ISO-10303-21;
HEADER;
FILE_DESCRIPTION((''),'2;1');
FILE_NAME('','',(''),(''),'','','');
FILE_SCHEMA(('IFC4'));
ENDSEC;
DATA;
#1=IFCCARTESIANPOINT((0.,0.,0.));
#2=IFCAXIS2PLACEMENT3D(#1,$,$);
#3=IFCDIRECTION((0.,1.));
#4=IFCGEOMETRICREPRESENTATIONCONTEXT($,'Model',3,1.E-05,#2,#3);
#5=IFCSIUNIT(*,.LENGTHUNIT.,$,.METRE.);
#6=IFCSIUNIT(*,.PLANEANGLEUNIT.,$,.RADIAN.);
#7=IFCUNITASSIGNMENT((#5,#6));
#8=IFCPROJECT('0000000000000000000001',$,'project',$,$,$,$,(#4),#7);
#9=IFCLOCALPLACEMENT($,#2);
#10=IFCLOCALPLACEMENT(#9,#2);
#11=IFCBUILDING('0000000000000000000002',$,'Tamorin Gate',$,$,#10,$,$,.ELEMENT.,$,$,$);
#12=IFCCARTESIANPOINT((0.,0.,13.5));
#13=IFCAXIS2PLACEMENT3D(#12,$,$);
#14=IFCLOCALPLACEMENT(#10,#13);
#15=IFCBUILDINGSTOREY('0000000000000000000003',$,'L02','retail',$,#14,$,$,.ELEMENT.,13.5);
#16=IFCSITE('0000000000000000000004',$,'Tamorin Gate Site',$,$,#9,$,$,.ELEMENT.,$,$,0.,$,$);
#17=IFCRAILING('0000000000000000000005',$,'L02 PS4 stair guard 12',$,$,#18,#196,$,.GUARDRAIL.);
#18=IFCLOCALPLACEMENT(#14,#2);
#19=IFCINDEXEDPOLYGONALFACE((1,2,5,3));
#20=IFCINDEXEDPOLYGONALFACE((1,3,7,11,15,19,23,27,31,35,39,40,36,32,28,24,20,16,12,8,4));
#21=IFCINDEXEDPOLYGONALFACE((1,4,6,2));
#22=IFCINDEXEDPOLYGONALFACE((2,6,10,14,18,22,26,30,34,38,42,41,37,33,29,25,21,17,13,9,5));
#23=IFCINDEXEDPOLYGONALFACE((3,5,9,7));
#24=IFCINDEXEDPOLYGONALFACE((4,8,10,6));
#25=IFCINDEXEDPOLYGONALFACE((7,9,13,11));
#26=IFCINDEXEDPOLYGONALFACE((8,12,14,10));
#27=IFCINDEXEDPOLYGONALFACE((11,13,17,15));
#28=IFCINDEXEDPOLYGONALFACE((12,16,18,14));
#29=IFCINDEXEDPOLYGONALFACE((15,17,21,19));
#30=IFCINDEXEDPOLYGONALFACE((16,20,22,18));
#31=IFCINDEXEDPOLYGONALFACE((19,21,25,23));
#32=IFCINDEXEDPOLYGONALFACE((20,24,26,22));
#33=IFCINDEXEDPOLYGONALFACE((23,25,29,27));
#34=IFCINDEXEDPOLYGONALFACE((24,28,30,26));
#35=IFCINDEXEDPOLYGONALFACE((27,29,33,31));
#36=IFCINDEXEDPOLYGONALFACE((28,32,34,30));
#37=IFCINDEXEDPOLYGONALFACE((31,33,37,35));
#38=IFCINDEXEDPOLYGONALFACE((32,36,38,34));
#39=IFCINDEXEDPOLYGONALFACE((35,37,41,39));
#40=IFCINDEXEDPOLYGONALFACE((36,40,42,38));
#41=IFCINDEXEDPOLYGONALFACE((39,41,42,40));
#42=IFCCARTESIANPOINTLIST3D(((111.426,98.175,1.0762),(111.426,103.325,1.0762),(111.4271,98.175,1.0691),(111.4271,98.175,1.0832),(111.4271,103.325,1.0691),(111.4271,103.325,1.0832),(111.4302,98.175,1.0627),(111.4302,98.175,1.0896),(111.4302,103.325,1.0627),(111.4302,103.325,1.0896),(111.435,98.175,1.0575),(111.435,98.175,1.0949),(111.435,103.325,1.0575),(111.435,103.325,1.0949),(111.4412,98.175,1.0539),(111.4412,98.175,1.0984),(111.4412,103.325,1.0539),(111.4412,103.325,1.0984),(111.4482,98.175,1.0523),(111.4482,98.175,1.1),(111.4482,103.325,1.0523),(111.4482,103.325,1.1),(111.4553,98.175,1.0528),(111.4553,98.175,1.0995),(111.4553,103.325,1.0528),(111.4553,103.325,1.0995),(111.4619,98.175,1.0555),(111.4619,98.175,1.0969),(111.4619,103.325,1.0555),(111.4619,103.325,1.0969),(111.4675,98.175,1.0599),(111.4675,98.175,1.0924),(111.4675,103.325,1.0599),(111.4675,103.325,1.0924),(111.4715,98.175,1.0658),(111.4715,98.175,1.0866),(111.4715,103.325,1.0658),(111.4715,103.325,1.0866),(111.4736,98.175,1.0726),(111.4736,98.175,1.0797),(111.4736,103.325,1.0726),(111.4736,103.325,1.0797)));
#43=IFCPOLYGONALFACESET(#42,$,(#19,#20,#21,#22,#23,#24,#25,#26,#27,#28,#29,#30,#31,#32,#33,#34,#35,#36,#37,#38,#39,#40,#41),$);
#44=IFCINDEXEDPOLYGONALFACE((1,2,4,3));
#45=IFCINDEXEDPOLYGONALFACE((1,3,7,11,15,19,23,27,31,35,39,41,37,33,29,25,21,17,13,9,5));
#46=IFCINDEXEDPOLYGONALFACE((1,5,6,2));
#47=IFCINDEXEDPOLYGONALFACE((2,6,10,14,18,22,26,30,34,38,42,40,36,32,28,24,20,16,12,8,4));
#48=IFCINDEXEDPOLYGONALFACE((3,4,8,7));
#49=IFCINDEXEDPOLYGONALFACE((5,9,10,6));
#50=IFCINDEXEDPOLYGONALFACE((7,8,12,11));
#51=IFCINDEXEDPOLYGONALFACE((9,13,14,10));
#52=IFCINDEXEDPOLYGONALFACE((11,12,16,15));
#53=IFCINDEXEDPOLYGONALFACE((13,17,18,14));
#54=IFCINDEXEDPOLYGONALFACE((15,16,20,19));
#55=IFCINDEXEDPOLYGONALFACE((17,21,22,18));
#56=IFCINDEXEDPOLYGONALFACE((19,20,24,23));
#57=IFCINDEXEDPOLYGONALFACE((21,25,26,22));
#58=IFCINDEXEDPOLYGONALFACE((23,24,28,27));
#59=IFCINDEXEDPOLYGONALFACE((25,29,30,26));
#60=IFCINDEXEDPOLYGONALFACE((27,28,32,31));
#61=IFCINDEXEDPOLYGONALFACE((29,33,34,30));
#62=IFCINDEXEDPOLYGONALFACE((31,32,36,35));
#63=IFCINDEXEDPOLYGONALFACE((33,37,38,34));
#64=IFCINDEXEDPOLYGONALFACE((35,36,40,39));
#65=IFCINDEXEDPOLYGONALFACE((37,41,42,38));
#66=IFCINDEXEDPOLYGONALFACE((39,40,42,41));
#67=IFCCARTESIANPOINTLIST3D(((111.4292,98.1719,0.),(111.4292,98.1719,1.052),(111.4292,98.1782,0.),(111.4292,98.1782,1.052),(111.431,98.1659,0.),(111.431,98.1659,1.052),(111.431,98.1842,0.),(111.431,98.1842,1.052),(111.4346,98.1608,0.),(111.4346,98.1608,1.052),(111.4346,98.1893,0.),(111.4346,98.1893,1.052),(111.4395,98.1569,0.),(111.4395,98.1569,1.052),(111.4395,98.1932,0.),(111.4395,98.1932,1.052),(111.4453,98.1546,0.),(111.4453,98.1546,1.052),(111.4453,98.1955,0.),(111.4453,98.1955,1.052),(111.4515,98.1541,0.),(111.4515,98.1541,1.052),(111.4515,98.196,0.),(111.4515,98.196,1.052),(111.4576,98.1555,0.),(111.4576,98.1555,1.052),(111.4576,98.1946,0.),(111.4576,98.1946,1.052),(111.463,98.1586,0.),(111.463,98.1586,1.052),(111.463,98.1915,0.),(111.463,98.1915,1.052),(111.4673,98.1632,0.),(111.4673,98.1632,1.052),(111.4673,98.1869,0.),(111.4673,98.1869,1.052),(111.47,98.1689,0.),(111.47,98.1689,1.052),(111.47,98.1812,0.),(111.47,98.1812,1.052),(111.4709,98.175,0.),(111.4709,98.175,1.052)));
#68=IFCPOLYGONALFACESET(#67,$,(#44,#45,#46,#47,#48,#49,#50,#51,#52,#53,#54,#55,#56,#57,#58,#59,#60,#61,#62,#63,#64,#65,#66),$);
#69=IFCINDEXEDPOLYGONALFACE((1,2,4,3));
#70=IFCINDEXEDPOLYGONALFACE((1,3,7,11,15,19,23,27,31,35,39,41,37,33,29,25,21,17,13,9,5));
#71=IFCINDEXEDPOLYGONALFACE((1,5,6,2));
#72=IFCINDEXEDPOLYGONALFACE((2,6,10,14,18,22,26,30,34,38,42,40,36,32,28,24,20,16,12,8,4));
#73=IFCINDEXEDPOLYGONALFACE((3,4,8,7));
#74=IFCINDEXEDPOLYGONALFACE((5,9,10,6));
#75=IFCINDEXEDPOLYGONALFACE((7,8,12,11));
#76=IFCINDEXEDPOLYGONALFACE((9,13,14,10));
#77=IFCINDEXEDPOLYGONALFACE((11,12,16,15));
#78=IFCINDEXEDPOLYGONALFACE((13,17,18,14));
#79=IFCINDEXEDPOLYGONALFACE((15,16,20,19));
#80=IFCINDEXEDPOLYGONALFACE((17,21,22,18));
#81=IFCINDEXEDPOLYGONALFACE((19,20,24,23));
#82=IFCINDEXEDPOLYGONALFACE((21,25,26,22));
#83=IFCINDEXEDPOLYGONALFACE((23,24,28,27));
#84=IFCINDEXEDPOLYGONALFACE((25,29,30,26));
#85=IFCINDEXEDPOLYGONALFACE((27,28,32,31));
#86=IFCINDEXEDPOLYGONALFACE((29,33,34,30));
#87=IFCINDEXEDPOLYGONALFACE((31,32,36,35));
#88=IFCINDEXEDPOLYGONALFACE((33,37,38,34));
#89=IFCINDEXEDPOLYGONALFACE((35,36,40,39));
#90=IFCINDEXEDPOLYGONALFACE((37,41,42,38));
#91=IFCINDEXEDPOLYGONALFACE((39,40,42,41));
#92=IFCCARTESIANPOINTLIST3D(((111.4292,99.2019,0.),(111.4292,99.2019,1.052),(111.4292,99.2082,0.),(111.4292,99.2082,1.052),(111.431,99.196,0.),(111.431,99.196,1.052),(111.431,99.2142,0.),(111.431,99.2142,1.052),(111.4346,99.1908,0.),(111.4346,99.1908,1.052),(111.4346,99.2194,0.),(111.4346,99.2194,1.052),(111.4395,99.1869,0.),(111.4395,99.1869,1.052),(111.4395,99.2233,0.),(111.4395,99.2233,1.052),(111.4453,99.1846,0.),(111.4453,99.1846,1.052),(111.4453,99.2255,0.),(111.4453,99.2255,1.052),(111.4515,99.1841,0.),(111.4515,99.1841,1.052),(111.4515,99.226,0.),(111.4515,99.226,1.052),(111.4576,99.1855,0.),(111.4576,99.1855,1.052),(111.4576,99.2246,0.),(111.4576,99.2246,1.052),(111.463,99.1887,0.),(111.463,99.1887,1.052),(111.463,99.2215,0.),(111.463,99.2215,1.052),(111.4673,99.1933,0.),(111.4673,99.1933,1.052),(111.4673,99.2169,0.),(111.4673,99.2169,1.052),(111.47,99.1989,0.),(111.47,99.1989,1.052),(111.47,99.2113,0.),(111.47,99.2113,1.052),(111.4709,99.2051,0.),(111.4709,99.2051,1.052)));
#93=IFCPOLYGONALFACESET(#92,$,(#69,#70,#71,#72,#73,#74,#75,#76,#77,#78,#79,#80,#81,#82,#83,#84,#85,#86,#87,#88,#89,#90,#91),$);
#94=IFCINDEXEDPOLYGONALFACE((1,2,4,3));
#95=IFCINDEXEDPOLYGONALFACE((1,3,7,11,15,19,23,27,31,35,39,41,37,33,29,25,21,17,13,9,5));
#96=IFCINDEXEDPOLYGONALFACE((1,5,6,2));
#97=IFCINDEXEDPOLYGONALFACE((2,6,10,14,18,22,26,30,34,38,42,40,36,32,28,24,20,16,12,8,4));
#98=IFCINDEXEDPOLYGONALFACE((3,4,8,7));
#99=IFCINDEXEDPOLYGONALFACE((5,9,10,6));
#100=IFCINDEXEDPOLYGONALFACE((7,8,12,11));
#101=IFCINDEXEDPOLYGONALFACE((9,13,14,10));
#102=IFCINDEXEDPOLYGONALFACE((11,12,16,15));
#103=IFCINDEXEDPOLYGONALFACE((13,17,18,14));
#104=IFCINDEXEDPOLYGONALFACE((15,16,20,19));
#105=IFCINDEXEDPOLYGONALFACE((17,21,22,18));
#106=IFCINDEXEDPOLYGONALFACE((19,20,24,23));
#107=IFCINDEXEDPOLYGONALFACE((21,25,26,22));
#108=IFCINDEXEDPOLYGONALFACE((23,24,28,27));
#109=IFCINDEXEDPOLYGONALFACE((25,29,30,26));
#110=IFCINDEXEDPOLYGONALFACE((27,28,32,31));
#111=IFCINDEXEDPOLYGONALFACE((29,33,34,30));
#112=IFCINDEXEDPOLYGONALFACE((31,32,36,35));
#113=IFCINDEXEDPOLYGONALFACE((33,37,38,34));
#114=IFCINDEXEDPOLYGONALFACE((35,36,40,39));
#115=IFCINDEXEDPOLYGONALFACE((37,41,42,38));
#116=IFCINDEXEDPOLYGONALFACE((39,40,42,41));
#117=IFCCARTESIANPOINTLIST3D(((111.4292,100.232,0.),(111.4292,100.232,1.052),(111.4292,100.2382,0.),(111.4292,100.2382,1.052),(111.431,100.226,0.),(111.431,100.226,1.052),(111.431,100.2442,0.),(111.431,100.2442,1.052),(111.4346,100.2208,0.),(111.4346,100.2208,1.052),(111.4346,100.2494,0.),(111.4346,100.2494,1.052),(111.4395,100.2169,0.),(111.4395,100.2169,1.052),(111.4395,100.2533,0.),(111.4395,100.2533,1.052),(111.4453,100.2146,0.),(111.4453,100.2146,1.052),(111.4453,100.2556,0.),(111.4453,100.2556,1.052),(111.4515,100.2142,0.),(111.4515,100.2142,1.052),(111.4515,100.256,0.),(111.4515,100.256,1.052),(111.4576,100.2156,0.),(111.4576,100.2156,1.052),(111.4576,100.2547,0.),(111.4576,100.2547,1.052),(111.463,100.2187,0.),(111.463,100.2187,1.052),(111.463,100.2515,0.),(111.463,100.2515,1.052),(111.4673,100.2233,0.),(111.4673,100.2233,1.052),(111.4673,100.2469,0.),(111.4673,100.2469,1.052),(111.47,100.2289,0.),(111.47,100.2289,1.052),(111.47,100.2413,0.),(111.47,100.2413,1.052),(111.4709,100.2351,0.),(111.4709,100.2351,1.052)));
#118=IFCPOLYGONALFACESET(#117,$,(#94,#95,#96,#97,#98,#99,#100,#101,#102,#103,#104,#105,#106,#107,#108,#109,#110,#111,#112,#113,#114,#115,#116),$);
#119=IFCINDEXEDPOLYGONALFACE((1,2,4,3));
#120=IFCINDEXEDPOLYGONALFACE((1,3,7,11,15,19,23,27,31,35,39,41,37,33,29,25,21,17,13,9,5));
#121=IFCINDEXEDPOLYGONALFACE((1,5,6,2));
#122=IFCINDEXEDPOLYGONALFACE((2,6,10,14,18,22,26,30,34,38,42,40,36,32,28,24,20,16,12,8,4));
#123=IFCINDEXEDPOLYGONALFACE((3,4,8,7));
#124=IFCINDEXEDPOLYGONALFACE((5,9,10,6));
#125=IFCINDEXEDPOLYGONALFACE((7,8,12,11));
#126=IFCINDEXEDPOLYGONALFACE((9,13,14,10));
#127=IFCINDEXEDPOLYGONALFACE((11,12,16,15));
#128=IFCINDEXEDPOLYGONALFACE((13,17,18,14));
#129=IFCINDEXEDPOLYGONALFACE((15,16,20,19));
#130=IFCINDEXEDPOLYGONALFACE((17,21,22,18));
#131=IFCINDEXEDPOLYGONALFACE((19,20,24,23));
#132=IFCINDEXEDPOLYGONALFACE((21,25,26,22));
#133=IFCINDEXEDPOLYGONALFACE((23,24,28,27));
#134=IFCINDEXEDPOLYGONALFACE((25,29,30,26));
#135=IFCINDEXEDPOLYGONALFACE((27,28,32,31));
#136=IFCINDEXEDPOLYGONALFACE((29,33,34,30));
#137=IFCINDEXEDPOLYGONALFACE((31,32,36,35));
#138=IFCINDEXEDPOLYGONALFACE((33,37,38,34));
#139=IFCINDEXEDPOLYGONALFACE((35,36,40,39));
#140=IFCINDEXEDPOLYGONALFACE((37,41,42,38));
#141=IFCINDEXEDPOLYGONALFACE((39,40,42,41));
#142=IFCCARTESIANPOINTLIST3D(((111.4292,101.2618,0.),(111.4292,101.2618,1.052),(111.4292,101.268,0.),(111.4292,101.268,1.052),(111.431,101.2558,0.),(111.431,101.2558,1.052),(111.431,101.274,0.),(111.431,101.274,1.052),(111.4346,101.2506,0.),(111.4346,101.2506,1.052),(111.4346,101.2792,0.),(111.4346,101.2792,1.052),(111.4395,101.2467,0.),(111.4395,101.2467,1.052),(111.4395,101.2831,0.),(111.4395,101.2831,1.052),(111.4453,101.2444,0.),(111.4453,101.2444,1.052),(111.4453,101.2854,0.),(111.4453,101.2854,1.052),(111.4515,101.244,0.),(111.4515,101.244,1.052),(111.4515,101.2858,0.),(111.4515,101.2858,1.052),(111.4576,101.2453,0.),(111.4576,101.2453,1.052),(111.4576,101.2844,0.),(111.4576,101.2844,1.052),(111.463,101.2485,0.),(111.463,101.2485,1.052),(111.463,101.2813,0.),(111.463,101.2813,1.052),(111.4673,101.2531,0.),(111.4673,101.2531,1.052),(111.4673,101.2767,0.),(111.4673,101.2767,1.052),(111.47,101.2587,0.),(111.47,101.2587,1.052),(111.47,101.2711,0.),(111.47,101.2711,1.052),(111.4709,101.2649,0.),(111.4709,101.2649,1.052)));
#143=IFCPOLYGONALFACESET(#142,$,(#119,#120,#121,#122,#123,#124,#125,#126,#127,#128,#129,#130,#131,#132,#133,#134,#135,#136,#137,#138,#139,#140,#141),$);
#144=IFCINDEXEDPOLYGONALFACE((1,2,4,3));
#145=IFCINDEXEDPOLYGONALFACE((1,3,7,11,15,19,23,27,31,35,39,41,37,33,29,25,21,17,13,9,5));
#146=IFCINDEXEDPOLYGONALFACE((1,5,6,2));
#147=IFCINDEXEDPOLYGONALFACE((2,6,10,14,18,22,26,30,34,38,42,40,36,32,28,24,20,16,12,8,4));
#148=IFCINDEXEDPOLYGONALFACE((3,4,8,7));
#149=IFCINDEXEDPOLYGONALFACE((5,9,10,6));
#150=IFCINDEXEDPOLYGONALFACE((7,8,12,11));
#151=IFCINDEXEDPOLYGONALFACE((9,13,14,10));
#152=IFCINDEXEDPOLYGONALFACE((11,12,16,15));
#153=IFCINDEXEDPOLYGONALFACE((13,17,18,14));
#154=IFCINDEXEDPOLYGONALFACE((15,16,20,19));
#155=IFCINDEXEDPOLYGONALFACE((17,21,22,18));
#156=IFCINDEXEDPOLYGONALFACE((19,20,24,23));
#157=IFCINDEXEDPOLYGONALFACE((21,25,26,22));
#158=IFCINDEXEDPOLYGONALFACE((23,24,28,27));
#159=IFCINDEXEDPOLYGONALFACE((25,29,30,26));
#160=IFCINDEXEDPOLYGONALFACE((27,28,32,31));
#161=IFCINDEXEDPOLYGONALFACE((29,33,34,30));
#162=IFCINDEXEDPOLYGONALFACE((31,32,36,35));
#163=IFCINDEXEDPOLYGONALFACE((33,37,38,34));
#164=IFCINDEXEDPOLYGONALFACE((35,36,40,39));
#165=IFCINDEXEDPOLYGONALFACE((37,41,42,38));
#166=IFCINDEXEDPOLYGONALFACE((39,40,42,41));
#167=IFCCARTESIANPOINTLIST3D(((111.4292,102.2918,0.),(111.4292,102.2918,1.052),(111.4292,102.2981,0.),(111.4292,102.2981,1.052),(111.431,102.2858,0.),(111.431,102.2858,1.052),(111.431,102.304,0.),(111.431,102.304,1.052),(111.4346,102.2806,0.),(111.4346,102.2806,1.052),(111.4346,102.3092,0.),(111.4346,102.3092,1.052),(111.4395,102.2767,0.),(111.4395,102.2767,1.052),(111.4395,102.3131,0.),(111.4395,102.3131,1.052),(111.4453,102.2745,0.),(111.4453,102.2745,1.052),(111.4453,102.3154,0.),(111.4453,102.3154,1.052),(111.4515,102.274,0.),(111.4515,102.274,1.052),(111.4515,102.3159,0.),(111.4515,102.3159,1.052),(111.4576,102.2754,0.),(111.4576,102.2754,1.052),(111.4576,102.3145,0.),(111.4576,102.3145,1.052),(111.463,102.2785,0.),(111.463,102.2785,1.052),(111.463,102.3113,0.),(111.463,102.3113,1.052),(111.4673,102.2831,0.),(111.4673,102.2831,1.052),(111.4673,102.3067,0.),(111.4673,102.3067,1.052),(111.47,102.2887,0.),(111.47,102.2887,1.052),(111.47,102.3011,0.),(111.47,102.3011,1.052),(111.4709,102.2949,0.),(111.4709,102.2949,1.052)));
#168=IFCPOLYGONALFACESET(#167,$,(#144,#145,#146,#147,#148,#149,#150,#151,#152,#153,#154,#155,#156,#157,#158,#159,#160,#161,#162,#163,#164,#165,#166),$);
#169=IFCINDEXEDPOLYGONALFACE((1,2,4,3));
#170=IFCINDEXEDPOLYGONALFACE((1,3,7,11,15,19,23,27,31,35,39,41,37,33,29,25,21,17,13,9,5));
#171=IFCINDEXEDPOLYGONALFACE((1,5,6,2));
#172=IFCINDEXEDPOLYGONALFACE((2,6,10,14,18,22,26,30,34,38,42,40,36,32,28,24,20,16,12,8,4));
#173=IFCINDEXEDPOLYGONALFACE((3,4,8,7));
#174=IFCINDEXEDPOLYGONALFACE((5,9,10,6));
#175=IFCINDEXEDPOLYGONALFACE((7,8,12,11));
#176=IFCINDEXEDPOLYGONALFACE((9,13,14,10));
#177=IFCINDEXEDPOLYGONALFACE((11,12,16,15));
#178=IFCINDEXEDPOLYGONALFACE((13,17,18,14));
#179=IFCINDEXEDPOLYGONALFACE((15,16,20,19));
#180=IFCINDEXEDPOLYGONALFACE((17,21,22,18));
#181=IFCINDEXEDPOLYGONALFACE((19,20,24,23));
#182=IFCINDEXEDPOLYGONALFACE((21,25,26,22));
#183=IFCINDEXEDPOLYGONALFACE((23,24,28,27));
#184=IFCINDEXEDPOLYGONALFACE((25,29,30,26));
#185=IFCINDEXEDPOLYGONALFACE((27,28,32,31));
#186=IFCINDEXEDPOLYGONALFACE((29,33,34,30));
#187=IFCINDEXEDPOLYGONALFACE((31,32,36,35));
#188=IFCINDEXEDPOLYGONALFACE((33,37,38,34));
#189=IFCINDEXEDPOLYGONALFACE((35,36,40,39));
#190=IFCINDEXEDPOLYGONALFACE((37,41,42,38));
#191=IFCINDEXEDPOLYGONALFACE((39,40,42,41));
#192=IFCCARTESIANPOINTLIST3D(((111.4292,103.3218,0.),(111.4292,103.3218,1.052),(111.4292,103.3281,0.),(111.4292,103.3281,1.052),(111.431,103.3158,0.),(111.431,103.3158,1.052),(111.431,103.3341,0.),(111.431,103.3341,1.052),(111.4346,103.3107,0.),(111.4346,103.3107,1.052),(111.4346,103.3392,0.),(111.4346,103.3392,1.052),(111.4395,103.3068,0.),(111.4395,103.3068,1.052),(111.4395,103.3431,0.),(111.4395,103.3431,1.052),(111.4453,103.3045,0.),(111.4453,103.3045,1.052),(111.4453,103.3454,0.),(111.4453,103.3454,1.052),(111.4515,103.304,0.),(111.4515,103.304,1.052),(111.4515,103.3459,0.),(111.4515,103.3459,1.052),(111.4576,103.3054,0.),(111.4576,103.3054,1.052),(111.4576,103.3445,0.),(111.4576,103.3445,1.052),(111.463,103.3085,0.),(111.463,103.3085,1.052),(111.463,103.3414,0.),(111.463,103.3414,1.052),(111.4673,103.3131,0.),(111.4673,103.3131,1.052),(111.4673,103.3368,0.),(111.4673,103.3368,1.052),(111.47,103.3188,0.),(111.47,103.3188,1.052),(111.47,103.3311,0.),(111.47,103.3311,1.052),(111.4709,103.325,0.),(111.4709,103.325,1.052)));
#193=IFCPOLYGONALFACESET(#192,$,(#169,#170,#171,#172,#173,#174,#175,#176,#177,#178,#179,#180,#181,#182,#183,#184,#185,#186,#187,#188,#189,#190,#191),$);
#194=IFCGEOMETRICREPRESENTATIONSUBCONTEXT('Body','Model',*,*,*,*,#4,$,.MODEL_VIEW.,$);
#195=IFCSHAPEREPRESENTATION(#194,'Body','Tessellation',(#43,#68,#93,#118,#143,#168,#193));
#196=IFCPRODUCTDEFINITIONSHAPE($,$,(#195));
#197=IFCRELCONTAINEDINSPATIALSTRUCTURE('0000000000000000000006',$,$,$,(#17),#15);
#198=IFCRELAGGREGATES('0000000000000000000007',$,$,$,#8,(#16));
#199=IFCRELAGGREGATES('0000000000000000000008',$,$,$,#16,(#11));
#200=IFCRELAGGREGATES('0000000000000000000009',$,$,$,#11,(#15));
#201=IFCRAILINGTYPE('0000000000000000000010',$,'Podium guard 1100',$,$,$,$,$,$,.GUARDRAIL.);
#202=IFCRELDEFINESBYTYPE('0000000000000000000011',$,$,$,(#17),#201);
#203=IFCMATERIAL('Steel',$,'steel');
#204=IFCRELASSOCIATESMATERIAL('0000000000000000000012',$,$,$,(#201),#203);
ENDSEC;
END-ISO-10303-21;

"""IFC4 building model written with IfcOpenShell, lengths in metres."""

from ifc_helpers import new_model, si_unit, direction, frame, origin, origin_2d, place, context, subcontext, project, spatial, circle, extrude, material, type_object, element, save


model = new_model("IFC4")

# Units and contexts
model_context = context("Model", 3, precision=1e-05, world=origin(), true_north=direction((0.0, 1.0)))
body_context = subcontext(model_context, "Body", "Model", "MODEL_VIEW")
ifc_project = project(units=[si_unit("LENGTHUNIT", "METRE"), si_unit("PLANEANGLEUNIT", "RADIAN")], contexts=[model_context])

# Site, building, storey
site_placement = place(None, origin())
site = spatial("IfcSite", under=ifc_project, at=site_placement, Name="Tamorin Gate Site", CompositionType="ELEMENT", RefElevation=0.0)
building_placement = place(site_placement, origin())
building = spatial("IfcBuilding", under=site, at=building_placement, Name="Tamorin Gate", CompositionType="ELEMENT")
storey_placement = place(building_placement, frame((0.0, 0.0, 13.5)))
storey = spatial("IfcBuildingStorey", under=building, at=storey_placement, Name="L02", Description="retail", CompositionType="ELEMENT", Elevation=13.5)

# Railing
ifc_material_1 = material(Name="Steel", Category="steel")
railing_type_1 = type_object("IfcRailingType", Name="Podium guard 1100", PredefinedType="GUARDRAIL", material=ifc_material_1)
railing_1_placement = place(storey_placement, frame((111.45, 98.175, 0.0)))
element("IfcRailing", 1, at=railing_1_placement, inside=storey, type_object=railing_type_1, Name="L02 PS4 stair guard 12", PredefinedType="GUARDRAIL", context=body_context, shape_type="SweptSolid", body=[
    extrude(circle(Radius=0.0239, at=origin_2d()), frame((0.0, 0.0, 1.0762), z_axis=(0.0, 1.0, 0.0), x_axis=(-1.0, 0.0, 0.0)), (0.0, 0.0, 1.0), 5.1499),
    extrude(circle(Radius=0.021, at=origin_2d()), origin(), (0.0, 0.0, 1.0), 1.052),
    extrude(circle(Radius=0.021, at=origin_2d()), frame((0.0, 1.03, 0.0)), (0.0, 0.0, 1.0), 1.052),
    extrude(circle(Radius=0.021, at=origin_2d()), frame((0.0, 2.0601, 0.0)), (0.0, 0.0, 1.0), 1.052),
    extrude(circle(Radius=0.021, at=origin_2d()), frame((0.0, 3.0898, 0.0)), (0.0, 0.0, 1.0), 1.052),
    extrude(circle(Radius=0.021, at=origin_2d()), frame((0.0, 4.1199, 0.0)), (0.0, 0.0, 1.0), 1.052),
    extrude(circle(Radius=0.021, at=origin_2d()), frame((0.0, 5.1499, 0.0)), (0.0, 0.0, 1.0), 1.052),
])

save(model, "model.ifc")
